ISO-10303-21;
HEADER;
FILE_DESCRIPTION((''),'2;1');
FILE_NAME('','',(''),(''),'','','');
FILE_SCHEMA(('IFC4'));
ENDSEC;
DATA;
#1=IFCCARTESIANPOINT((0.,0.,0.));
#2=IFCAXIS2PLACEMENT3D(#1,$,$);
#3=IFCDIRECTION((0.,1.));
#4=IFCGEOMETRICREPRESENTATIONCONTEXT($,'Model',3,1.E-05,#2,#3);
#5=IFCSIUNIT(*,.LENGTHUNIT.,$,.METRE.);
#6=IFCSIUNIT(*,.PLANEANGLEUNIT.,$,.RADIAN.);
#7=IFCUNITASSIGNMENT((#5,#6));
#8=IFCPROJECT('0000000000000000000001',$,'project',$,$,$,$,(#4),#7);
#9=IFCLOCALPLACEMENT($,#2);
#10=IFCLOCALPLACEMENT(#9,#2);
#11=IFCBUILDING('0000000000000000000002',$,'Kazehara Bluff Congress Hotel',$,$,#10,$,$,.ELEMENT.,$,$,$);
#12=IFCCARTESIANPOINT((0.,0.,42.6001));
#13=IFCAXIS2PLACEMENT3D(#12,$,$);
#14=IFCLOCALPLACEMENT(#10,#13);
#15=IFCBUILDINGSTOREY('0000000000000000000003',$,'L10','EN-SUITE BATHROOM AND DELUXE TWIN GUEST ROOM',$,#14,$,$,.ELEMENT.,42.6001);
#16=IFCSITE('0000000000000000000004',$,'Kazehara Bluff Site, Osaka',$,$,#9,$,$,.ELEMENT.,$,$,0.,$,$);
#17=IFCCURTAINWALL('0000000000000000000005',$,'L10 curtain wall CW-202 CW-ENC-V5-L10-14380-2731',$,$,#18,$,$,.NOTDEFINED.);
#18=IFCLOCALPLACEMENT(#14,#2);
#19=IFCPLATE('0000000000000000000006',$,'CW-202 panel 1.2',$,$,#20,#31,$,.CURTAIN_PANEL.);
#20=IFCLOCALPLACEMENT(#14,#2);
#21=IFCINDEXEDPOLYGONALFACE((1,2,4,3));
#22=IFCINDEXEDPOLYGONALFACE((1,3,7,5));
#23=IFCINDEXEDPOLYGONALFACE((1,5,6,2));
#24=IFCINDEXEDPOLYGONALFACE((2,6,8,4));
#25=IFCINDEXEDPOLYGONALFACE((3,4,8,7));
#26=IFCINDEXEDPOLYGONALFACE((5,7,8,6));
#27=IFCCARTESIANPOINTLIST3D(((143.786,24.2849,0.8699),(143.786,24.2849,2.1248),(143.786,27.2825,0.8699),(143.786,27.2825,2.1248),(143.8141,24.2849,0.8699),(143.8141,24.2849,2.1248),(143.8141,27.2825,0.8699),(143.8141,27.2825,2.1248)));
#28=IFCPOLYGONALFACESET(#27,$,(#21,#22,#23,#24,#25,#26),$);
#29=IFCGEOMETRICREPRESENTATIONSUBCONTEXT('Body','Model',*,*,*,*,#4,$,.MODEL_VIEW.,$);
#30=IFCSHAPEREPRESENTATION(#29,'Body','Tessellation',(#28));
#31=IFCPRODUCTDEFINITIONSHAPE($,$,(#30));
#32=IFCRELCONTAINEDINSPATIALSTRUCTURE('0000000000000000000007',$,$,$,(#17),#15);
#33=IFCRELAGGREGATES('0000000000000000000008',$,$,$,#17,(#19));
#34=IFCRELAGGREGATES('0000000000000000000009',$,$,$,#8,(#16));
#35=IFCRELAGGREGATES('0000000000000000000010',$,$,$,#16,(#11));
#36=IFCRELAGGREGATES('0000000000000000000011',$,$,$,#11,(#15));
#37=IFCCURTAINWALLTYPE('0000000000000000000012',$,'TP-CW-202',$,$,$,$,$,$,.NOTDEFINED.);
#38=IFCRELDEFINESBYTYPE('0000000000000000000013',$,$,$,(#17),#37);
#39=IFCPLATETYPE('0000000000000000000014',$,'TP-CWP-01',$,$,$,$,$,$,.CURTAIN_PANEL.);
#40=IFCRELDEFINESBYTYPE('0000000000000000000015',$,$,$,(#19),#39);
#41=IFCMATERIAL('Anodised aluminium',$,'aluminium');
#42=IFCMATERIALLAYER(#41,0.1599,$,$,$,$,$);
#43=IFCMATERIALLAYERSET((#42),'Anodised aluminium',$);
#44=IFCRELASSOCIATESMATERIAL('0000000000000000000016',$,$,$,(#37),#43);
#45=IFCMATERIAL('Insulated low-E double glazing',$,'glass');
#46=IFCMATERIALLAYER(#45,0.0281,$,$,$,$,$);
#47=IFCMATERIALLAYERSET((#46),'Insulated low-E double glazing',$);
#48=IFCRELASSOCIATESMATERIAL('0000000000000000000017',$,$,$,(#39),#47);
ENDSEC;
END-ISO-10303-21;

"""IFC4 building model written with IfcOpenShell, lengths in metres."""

from ifc_helpers import new_model, si_unit, direction, frame, origin, origin_2d, place, context, subcontext, project, spatial, rectangle, extrude, material, layer, layer_set, type_object, element, aggregate, save


model = new_model("IFC4")

# Units and contexts
model_context = context("Model", 3, precision=1e-05, world=origin(), true_north=direction((0.0, 1.0)))
body_context = subcontext(model_context, "Body", "Model", "MODEL_VIEW")
ifc_project = project(units=[si_unit("LENGTHUNIT", "METRE"), si_unit("PLANEANGLEUNIT", "RADIAN")], contexts=[model_context])

# Site, building, storey
site_placement = place(None, origin())
site = spatial("IfcSite", under=ifc_project, at=site_placement, Name="Kazehara Bluff Site, Osaka", CompositionType="ELEMENT", RefElevation=0.0)
building_placement = place(site_placement, origin())
building = spatial("IfcBuilding", under=site, at=building_placement, Name="Kazehara Bluff Congress Hotel", CompositionType="ELEMENT")
storey_placement = place(building_placement, frame((0.0, 0.0, 42.6001)))
storey = spatial("IfcBuildingStorey", under=building, at=storey_placement, Name="L10", Description="EN-SUITE BATHROOM AND DELUXE TWIN GUEST ROOM", CompositionType="ELEMENT", Elevation=42.6001)

# Curtain wall
ifc_material_1 = material(Name="Anodised aluminium", Category="aluminium")
ifc_layer_1 = layer(ifc_material_1, 0.1599)
ifc_layer_set_1 = layer_set([ifc_layer_1], Name="Anodised aluminium")
curtain_wall_type_1 = type_object("IfcCurtainWallType", Name="TP-CW-202", PredefinedType="NOTDEFINED", material=ifc_layer_set_1)
curtain_wall_1_placement = place(storey_placement, origin())
curtain_wall_1 = element("IfcCurtainWall", 1, at=curtain_wall_1_placement, inside=storey, type_object=curtain_wall_type_1, Name="L10 curtain wall CW-202 CW-ENC-V5-L10-14380-2731", PredefinedType="NOTDEFINED")

# Plate
ifc_material_2 = material(Name="Insulated low-E double glazing", Category="glass")
ifc_layer_2 = layer(ifc_material_2, 0.0281)
ifc_layer_set_2 = layer_set([ifc_layer_2], Name="Insulated low-E double glazing")
plate_type = type_object("IfcPlateType", Name="TP-CWP-01", PredefinedType="CURTAIN_PANEL", material=ifc_layer_set_2)
plate_1_placement = place(storey_placement, frame((143.8, 25.7837, 0.8699), z_axis=(0.0, 0.0, 1.0), x_axis=(0.0, 1.0, 0.0)))
plate_1 = element("IfcPlate", 2, at=plate_1_placement, type_object=plate_type, Name="CW-202 panel 1.2", PredefinedType="CURTAIN_PANEL", context=body_context, shape_type="SweptSolid", body=[
    extrude(rectangle(XDim=2.9976, YDim=0.0281, at=origin_2d()), origin(), (0.0, 0.0, 1.0), 1.2549),
])
aggregate(curtain_wall_1, [plate_1])

save(model, "model.ifc")
